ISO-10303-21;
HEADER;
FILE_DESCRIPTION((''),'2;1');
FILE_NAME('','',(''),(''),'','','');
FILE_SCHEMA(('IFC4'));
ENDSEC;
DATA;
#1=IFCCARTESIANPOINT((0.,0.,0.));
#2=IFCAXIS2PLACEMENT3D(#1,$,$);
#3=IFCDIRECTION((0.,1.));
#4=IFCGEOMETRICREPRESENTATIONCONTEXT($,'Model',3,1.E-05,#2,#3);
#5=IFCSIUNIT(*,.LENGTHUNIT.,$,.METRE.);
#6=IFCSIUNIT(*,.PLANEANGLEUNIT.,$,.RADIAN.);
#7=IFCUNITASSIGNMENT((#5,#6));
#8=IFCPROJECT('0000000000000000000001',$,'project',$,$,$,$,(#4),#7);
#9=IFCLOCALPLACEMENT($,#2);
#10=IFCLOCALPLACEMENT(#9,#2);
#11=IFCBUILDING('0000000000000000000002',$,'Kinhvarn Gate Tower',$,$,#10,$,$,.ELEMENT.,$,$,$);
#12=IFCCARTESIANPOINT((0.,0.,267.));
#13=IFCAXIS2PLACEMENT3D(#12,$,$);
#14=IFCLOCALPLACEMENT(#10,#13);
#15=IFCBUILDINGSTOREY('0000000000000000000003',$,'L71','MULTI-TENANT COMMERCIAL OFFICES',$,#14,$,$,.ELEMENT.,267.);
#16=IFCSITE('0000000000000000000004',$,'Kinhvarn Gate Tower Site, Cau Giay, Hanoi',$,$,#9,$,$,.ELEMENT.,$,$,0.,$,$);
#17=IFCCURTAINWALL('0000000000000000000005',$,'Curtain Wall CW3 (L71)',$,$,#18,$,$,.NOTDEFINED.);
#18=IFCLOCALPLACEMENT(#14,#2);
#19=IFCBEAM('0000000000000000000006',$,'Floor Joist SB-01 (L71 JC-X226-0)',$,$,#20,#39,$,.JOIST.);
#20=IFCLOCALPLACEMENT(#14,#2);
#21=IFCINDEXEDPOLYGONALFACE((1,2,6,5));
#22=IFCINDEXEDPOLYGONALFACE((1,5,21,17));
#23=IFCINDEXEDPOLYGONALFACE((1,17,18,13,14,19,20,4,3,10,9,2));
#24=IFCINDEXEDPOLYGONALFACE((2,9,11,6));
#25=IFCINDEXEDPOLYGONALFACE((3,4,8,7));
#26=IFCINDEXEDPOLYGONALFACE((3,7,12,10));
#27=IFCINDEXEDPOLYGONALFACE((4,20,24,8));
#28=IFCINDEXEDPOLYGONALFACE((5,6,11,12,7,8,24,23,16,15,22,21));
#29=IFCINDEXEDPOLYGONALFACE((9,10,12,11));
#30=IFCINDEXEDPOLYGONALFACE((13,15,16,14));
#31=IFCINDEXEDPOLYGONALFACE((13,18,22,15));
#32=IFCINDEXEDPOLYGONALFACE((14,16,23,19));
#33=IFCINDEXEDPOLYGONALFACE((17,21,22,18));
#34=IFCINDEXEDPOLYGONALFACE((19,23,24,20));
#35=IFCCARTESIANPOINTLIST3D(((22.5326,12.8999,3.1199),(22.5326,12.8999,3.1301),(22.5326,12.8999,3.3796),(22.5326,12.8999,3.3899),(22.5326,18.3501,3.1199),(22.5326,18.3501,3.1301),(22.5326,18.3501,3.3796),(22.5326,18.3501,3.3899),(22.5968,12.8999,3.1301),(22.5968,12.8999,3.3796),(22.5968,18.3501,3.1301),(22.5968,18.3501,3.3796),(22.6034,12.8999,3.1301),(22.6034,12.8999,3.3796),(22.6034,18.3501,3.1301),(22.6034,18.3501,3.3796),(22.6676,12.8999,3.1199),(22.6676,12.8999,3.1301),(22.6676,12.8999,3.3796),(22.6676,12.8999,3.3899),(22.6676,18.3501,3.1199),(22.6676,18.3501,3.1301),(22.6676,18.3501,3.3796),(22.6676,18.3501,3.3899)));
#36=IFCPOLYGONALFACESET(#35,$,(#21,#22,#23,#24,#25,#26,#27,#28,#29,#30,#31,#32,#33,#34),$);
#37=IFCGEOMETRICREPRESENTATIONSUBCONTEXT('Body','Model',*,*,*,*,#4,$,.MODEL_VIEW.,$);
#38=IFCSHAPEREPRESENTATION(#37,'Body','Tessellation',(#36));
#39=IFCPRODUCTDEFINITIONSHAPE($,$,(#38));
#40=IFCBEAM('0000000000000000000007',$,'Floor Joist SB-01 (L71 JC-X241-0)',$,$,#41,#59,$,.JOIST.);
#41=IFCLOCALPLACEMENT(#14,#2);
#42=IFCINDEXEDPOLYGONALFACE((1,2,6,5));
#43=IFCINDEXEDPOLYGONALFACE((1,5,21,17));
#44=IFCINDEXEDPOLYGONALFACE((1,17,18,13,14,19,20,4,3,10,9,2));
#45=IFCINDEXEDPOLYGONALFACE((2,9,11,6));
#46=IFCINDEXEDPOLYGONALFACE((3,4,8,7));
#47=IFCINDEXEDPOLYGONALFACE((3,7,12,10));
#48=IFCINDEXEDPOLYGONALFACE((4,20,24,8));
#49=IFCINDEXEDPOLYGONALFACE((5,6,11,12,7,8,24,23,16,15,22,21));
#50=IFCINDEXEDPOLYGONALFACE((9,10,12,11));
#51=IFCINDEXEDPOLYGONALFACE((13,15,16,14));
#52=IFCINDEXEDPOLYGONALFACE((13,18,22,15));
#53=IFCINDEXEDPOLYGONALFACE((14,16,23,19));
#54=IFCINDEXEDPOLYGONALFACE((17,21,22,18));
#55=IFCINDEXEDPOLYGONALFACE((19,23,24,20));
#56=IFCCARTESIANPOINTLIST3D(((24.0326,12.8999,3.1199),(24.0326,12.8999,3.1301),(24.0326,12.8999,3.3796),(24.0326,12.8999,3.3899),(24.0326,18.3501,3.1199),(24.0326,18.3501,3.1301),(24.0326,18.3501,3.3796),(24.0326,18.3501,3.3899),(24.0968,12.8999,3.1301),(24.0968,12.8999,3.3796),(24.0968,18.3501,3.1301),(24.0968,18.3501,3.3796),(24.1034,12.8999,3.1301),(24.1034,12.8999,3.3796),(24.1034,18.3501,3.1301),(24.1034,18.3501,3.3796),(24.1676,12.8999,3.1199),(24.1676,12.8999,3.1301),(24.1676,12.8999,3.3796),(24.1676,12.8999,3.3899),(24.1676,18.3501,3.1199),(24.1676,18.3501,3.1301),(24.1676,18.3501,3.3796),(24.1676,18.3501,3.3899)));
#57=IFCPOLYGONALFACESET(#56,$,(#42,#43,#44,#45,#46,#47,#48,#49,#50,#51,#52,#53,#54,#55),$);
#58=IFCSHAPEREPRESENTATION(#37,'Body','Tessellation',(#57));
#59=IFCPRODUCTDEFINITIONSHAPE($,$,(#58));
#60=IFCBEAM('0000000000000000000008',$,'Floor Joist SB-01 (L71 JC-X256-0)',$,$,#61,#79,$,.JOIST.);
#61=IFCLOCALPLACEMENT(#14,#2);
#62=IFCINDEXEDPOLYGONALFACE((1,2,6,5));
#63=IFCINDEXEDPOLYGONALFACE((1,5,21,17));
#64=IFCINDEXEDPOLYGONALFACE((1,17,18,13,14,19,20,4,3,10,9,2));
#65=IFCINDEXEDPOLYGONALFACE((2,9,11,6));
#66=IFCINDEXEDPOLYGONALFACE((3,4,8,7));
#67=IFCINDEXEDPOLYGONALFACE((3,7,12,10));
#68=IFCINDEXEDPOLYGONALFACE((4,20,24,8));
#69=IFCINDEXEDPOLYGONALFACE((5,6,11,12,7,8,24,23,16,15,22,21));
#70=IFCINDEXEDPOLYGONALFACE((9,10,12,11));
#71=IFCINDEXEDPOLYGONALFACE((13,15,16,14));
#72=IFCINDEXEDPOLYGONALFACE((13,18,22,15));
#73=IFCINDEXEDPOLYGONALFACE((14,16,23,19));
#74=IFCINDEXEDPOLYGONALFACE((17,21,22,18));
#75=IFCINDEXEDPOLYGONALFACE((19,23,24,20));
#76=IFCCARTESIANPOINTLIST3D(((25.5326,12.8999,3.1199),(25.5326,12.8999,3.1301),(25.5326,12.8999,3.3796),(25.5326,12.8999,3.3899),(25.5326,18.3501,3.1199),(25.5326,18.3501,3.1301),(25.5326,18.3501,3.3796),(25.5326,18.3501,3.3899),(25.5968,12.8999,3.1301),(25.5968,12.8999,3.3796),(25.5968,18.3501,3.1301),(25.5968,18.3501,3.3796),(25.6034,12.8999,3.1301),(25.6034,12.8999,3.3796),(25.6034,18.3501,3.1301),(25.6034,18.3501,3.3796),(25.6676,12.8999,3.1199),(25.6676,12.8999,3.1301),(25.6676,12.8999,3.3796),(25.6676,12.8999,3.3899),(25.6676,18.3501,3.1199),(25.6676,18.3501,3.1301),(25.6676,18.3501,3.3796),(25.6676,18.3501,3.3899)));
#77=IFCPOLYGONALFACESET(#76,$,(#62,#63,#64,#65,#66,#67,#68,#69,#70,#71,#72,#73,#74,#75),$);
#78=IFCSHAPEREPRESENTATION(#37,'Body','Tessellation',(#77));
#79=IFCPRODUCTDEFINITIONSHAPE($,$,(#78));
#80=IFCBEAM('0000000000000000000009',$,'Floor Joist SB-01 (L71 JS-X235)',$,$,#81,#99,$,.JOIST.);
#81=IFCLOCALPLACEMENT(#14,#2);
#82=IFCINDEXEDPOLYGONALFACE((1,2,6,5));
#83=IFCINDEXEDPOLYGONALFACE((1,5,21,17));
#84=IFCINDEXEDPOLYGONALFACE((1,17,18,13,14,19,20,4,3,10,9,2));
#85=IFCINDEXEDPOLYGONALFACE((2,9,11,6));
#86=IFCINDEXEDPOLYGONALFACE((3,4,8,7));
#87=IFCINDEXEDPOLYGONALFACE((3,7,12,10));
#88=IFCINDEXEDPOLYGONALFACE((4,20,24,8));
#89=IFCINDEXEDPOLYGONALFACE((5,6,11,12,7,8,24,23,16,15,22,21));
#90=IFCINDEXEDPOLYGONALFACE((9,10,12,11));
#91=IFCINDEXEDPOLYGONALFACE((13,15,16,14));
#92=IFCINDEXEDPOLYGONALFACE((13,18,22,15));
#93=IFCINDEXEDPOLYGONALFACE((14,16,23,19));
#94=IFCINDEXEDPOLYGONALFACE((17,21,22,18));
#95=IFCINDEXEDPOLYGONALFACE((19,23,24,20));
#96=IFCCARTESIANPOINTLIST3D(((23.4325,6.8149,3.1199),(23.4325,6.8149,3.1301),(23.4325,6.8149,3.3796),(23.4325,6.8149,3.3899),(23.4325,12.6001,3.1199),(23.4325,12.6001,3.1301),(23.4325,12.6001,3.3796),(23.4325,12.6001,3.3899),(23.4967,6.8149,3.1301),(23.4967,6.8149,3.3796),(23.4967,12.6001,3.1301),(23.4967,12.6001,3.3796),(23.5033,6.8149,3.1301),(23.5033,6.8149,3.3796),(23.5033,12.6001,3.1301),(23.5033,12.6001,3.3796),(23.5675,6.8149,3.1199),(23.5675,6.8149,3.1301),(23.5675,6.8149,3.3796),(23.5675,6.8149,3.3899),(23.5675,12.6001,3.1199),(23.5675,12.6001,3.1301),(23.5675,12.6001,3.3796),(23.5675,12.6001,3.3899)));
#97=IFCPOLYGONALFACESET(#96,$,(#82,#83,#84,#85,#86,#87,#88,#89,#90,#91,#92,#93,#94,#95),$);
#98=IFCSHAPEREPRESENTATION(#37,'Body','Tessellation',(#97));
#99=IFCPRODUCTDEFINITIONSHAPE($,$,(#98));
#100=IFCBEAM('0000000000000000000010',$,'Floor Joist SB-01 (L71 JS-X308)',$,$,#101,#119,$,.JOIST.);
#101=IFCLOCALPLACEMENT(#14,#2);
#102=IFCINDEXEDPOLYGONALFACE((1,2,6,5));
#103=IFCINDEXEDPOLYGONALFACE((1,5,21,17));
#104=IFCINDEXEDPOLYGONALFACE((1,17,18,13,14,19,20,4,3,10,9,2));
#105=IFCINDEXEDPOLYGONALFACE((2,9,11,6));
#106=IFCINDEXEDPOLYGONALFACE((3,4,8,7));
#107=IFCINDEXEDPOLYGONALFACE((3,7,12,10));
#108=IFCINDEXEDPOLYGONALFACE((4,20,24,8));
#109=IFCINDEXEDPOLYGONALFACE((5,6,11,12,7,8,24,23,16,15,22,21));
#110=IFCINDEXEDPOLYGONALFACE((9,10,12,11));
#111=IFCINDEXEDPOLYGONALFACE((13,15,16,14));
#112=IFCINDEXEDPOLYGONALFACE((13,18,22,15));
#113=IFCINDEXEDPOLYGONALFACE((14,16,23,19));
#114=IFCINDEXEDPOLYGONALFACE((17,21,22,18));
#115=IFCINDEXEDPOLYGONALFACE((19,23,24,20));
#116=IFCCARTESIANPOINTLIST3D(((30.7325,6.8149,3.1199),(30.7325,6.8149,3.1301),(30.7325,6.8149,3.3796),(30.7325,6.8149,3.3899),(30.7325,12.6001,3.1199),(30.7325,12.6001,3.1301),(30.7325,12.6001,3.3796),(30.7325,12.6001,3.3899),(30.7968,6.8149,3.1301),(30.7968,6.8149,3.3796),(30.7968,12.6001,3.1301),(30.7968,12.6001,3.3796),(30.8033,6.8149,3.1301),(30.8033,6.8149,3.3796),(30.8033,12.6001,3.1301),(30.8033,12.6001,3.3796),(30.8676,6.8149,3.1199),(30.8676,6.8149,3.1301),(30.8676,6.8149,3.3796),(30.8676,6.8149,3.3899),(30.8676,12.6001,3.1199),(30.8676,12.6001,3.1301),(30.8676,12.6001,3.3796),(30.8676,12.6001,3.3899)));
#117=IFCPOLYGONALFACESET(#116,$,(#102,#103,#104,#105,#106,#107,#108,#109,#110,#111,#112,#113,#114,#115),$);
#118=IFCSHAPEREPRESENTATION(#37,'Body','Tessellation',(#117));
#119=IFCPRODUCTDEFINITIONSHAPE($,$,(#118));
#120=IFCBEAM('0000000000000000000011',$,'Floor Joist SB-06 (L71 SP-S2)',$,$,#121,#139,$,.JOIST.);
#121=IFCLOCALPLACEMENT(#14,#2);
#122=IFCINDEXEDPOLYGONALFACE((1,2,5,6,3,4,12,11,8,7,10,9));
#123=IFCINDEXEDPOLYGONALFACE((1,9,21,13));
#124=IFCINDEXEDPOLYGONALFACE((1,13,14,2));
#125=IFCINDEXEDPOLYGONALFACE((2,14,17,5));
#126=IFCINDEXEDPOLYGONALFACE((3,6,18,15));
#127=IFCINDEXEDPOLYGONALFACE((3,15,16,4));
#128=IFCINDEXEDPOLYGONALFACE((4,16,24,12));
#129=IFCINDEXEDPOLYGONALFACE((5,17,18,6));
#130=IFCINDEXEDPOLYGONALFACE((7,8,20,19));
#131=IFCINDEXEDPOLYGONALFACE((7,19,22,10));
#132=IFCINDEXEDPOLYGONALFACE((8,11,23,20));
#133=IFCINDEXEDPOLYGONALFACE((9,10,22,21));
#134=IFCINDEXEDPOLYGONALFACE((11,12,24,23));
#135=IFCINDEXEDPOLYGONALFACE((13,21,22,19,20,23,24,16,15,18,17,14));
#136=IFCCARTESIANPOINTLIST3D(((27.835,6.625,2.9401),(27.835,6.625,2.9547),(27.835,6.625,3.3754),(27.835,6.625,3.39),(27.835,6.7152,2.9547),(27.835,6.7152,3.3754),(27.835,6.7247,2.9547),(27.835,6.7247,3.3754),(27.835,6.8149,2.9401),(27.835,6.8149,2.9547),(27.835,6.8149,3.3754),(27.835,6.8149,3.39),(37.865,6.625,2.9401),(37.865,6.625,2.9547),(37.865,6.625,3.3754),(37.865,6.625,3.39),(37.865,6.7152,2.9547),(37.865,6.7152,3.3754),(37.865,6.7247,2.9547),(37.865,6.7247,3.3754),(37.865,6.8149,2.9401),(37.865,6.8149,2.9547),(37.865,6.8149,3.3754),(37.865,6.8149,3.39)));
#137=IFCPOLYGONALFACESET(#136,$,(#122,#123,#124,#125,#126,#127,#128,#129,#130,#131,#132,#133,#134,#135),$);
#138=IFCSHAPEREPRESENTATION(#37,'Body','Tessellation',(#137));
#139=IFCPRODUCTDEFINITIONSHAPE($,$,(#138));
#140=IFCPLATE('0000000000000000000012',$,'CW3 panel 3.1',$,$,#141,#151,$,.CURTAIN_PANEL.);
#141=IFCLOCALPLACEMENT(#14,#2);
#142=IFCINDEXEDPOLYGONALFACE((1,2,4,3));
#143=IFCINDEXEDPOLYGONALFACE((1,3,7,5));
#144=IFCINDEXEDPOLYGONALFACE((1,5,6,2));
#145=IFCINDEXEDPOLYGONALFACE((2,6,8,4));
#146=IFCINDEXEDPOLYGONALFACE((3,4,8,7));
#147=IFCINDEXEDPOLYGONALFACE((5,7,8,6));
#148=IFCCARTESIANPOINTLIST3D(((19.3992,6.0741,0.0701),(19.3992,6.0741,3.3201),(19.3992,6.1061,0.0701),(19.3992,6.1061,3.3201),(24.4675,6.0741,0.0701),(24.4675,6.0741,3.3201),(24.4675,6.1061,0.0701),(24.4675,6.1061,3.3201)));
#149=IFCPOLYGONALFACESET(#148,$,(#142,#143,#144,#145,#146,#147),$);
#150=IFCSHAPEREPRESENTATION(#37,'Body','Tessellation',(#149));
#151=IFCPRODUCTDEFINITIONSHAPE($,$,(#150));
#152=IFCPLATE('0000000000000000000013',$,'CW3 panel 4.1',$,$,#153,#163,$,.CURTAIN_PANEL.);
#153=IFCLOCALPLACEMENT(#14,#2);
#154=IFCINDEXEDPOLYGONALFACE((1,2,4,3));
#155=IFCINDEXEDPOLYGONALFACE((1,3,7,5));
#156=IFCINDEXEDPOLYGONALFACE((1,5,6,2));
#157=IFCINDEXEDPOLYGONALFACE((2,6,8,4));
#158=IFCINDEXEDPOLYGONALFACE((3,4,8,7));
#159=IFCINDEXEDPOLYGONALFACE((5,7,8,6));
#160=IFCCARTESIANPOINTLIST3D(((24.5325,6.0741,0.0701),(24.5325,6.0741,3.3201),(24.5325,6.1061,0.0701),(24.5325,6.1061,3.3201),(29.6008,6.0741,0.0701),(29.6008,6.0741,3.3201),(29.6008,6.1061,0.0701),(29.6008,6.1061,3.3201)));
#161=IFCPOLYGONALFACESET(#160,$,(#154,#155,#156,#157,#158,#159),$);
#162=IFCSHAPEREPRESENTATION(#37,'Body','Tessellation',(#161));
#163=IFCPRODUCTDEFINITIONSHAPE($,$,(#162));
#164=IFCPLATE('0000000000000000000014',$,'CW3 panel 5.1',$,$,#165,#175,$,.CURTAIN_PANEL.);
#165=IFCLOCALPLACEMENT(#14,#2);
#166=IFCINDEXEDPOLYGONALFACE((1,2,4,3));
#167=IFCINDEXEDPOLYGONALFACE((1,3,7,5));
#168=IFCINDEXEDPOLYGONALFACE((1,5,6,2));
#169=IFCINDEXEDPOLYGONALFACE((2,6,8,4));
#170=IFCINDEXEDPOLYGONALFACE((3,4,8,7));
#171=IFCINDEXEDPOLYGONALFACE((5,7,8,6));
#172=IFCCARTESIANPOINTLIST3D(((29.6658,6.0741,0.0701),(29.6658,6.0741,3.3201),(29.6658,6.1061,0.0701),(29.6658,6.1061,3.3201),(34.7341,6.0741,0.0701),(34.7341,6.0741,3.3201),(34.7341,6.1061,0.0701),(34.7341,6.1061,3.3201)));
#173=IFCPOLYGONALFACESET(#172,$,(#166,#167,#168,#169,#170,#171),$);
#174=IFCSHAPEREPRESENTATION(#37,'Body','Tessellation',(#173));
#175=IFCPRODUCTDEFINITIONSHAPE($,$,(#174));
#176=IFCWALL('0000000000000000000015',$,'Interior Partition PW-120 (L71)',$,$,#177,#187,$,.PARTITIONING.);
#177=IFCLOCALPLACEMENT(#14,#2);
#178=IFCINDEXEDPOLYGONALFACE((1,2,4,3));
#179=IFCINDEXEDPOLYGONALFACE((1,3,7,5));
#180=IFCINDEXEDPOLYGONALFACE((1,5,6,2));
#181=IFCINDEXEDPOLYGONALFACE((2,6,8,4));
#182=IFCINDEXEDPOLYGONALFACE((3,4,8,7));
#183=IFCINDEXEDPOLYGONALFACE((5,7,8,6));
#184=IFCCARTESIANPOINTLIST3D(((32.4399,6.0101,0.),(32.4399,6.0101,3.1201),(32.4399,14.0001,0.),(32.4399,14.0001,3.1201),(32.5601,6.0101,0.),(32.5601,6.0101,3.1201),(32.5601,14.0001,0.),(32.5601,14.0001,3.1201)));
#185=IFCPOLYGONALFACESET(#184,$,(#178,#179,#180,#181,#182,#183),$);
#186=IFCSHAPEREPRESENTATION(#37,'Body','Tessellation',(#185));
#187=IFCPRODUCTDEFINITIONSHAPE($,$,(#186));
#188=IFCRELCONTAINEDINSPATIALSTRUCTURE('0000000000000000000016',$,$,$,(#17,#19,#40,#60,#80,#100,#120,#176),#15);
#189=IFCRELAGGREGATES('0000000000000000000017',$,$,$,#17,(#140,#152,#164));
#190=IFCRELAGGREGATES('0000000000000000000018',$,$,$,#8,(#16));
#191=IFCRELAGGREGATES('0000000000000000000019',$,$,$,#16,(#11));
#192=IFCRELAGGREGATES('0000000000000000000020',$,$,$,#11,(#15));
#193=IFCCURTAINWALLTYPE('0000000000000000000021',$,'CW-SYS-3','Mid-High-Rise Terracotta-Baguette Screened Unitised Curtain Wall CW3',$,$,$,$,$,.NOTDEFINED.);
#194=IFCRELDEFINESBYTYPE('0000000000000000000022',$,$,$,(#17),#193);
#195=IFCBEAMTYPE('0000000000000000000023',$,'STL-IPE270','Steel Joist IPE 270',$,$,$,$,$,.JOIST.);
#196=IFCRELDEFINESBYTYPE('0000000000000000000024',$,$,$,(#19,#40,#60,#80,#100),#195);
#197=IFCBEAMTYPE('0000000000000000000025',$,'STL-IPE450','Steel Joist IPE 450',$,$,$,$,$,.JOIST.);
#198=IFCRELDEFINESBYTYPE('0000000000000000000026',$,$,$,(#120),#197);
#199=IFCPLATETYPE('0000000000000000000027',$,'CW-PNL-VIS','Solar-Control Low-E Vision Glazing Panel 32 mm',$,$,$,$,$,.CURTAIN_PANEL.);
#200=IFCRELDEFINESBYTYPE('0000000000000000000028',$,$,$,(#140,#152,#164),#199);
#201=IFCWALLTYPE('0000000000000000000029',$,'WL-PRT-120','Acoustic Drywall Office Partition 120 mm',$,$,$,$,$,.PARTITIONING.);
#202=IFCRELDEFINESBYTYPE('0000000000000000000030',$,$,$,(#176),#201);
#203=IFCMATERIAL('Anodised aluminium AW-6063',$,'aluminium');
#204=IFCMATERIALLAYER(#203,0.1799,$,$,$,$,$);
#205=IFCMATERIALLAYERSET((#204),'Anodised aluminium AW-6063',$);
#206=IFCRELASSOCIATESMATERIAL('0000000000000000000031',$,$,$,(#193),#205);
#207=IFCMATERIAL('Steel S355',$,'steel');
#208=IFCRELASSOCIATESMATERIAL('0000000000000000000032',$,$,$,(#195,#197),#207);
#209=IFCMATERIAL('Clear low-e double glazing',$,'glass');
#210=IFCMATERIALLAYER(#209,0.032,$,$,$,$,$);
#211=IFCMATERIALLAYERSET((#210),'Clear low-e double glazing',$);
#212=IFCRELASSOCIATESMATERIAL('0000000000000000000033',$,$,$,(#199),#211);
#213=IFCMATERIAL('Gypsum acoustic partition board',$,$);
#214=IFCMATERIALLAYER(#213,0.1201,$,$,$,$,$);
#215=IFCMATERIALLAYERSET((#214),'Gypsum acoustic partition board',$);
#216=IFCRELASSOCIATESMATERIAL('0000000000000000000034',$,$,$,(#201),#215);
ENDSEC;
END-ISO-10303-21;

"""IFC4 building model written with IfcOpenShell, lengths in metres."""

from ifc_helpers import new_model, si_unit, direction, frame, frame_2d, origin, origin_2d, place, context, subcontext, project, spatial, rectangle, i_section, extrude, material, layer, layer_set, material_profile, profile_set, type_object, element, aggregate, save


model = new_model("IFC4")

# Units and contexts
model_context = context("Model", 3, precision=1e-05, world=origin(), true_north=direction((0.0, 1.0)))
body_context = subcontext(model_context, "Body", "Model", "MODEL_VIEW")
ifc_project = project(units=[si_unit("LENGTHUNIT", "METRE"), si_unit("PLANEANGLEUNIT", "RADIAN")], contexts=[model_context])

# Site, building, storey
site_placement = place(None, origin())
site = spatial("IfcSite", under=ifc_project, at=site_placement, Name="Kinhvarn Gate Tower Site, Cau Giay, Hanoi", CompositionType="ELEMENT", RefElevation=0.0)
building_placement = place(site_placement, origin())
building = spatial("IfcBuilding", under=site, at=building_placement, Name="Kinhvarn Gate Tower", CompositionType="ELEMENT")
storey_placement = place(building_placement, frame((0.0, 0.0, 267.0)))
storey = spatial("IfcBuildingStorey", under=building, at=storey_placement, Name="L71", Description="MULTI-TENANT COMMERCIAL OFFICES", CompositionType="ELEMENT", Elevation=267.0)

# Curtain wall
ifc_material_1 = material(Name="Anodised aluminium AW-6063", Category="aluminium")
ifc_layer_1 = layer(ifc_material_1, 0.1799)
ifc_layer_set_1 = layer_set([ifc_layer_1], Name="Anodised aluminium AW-6063")
curtain_wall_type = type_object("IfcCurtainWallType", Name="CW-SYS-3", Description="Mid-High-Rise Terracotta-Baguette Screened Unitised Curtain Wall CW3", PredefinedType="NOTDEFINED", material=ifc_layer_set_1)
curtain_wall_placement = place(storey_placement, origin())
curtain_wall = element("IfcCurtainWall", 1, at=curtain_wall_placement, inside=storey, type_object=curtain_wall_type, Name="Curtain Wall CW3 (L71)", PredefinedType="NOTDEFINED")

# Beams
ifc_material_2 = material(Name="Steel S355", Category="steel")
ifc_material_profile_1 = material_profile(ifc_material_2, i_section(OverallWidth=0.135, OverallDepth=0.27, WebThickness=0.0066, FlangeThickness=0.0103, at=origin_2d()), Name="IPE 270")
ifc_profile_set_1 = profile_set([ifc_material_profile_1], Name="Steel S355")
beam_type_1 = type_object("IfcBeamType", Name="STL-IPE270", Description="Steel Joist IPE 270", PredefinedType="JOIST", material=ifc_profile_set_1)
for number, where, z_axis, x_axis, name in (
    (2, (22.6001, 12.8999, 3.2549), (0.0, 1.0, 0.0), (-1.0, 0.0, 0.0), "Floor Joist SB-01 (L71 JC-X226-0)"),
    (3, (24.1001, 12.8999, 3.2549), (0.0, 1.0, 0.0), (-1.0, 0.0, 0.0), "Floor Joist SB-01 (L71 JC-X241-0)"),
    (4, (25.6001, 12.8999, 3.2549), (0.0, 1.0, 0.0), (-1.0, 0.0, 0.0), "Floor Joist SB-01 (L71 JC-X256-0)"),
):
    element("IfcBeam", number, at=place(storey_placement, frame(where, z_axis=z_axis, x_axis=x_axis)), inside=storey, type_object=beam_type_1, Name=name, PredefinedType="JOIST", context=body_context, shape_type="SweptSolid", body=[
        extrude(i_section(OverallWidth=0.135, OverallDepth=0.27, WebThickness=0.0066, FlangeThickness=0.0103, at=origin_2d()), origin(), (0.0, 0.0, 1.0), 5.4502),
    ])
for number, where, z_axis, x_axis, name in (
    (5, (23.5, 6.8149, 3.2549), (0.0, 1.0, 0.0), (-1.0, 0.0, 0.0), "Floor Joist SB-01 (L71 JS-X235)"),
    (6, (30.8, 6.8149, 3.2549), (0.0, 1.0, 0.0), (-1.0, 0.0, 0.0), "Floor Joist SB-01 (L71 JS-X308)"),
):
    element("IfcBeam", number, at=place(storey_placement, frame(where, z_axis=z_axis, x_axis=x_axis)), inside=storey, type_object=beam_type_1, Name=name, PredefinedType="JOIST", context=body_context, shape_type="SweptSolid", body=[
        extrude(i_section(OverallWidth=0.135, OverallDepth=0.27, WebThickness=0.0066, FlangeThickness=0.0103, at=origin_2d()), origin(), (0.0, 0.0, 1.0), 5.7852),
    ])
ifc_material_profile_2 = material_profile(ifc_material_2, i_section(OverallWidth=0.1899, OverallDepth=0.45, WebThickness=0.0095, FlangeThickness=0.0146, at=origin_2d()), Name="IPE 450")
ifc_profile_set_2 = profile_set([ifc_material_profile_2], Name="Steel S355")
beam_type_2 = type_object("IfcBeamType", Name="STL-IPE450", Description="Steel Joist IPE 450", PredefinedType="JOIST", material=ifc_profile_set_2)
beam_1_placement = place(storey_placement, frame((27.835, 6.72, 3.165), z_axis=(1.0, 0.0, 0.0), x_axis=(0.0, 1.0, 0.0)))
element("IfcBeam", 7, at=beam_1_placement, inside=storey, type_object=beam_type_2, Name="Floor Joist SB-06 (L71 SP-S2)", PredefinedType="JOIST", context=body_context, shape_type="SweptSolid", body=[
    extrude(i_section(OverallWidth=0.1899, OverallDepth=0.45, WebThickness=0.0095, FlangeThickness=0.0146, at=origin_2d()), origin(), (0.0, 0.0, 1.0), 10.03),
])

# Plates
ifc_material_3 = material(Name="Clear low-e double glazing", Category="glass")
ifc_layer_2 = layer(ifc_material_3, 0.032)
ifc_layer_set_2 = layer_set([ifc_layer_2], Name="Clear low-e double glazing")
plate_type = type_object("IfcPlateType", Name="CW-PNL-VIS", Description="Solar-Control Low-E Vision Glazing Panel 32 mm", PredefinedType="CURTAIN_PANEL", material=ifc_layer_set_2)
plate_1_placement = place(storey_placement, frame((21.9333, 6.0901, 0.0701), z_axis=(0.0, 0.0, 1.0), x_axis=(1.0, 0.0, 0.0)))
plate_1 = element("IfcPlate", 8, at=plate_1_placement, type_object=plate_type, Name="CW3 panel 3.1", PredefinedType="CURTAIN_PANEL", context=body_context, shape_type="SweptSolid", body=[
    extrude(rectangle(XDim=5.0684, YDim=0.032, at=origin_2d()), origin(), (0.0, 0.0, 1.0), 3.25),
])
plate_2_placement = place(storey_placement, frame((27.0667, 6.0901, 0.0701), z_axis=(0.0, 0.0, 1.0), x_axis=(1.0, 0.0, 0.0)))
plate_2 = element("IfcPlate", 9, at=plate_2_placement, type_object=plate_type, Name="CW3 panel 4.1", PredefinedType="CURTAIN_PANEL", context=body_context, shape_type="SweptSolid", body=[
    extrude(rectangle(XDim=5.0684, YDim=0.032, at=origin_2d()), origin(), (0.0, 0.0, 1.0), 3.25),
])
plate_3_placement = place(storey_placement, frame((32.2, 6.0901, 0.0701), z_axis=(0.0, 0.0, 1.0), x_axis=(1.0, 0.0, 0.0)))
plate_3 = element("IfcPlate", 10, at=plate_3_placement, type_object=plate_type, Name="CW3 panel 5.1", PredefinedType="CURTAIN_PANEL", context=body_context, shape_type="SweptSolid", body=[
    extrude(rectangle(XDim=5.0684, YDim=0.032, at=origin_2d()), origin(), (0.0, 0.0, 1.0), 3.25),
])
aggregate(curtain_wall, [plate_1, plate_2, plate_3])

# Wall
ifc_material_4 = material(Name="Gypsum acoustic partition board")
ifc_layer_3 = layer(ifc_material_4, 0.1201)
ifc_layer_set_3 = layer_set([ifc_layer_3], Name="Gypsum acoustic partition board")
wall_type = type_object("IfcWallType", Name="WL-PRT-120", Description="Acoustic Drywall Office Partition 120 mm", PredefinedType="PARTITIONING", material=ifc_layer_set_3)
wall_placement = place(storey_placement, frame((32.5, 6.01, 0.0), z_axis=(0.0, 0.0, 1.0), x_axis=(0.0, 1.0, 0.0)))
element("IfcWall", 11, at=wall_placement, inside=storey, type_object=wall_type, Name="Interior Partition PW-120 (L71)", PredefinedType="PARTITIONING", context=body_context, shape_type="SweptSolid", body=[
    extrude(rectangle(XDim=7.99, YDim=0.1201, at=frame_2d((3.9951, 0.0))), origin(), (0.0, 0.0, 1.0), 3.1201),
])

save(model, "model.ifc")
